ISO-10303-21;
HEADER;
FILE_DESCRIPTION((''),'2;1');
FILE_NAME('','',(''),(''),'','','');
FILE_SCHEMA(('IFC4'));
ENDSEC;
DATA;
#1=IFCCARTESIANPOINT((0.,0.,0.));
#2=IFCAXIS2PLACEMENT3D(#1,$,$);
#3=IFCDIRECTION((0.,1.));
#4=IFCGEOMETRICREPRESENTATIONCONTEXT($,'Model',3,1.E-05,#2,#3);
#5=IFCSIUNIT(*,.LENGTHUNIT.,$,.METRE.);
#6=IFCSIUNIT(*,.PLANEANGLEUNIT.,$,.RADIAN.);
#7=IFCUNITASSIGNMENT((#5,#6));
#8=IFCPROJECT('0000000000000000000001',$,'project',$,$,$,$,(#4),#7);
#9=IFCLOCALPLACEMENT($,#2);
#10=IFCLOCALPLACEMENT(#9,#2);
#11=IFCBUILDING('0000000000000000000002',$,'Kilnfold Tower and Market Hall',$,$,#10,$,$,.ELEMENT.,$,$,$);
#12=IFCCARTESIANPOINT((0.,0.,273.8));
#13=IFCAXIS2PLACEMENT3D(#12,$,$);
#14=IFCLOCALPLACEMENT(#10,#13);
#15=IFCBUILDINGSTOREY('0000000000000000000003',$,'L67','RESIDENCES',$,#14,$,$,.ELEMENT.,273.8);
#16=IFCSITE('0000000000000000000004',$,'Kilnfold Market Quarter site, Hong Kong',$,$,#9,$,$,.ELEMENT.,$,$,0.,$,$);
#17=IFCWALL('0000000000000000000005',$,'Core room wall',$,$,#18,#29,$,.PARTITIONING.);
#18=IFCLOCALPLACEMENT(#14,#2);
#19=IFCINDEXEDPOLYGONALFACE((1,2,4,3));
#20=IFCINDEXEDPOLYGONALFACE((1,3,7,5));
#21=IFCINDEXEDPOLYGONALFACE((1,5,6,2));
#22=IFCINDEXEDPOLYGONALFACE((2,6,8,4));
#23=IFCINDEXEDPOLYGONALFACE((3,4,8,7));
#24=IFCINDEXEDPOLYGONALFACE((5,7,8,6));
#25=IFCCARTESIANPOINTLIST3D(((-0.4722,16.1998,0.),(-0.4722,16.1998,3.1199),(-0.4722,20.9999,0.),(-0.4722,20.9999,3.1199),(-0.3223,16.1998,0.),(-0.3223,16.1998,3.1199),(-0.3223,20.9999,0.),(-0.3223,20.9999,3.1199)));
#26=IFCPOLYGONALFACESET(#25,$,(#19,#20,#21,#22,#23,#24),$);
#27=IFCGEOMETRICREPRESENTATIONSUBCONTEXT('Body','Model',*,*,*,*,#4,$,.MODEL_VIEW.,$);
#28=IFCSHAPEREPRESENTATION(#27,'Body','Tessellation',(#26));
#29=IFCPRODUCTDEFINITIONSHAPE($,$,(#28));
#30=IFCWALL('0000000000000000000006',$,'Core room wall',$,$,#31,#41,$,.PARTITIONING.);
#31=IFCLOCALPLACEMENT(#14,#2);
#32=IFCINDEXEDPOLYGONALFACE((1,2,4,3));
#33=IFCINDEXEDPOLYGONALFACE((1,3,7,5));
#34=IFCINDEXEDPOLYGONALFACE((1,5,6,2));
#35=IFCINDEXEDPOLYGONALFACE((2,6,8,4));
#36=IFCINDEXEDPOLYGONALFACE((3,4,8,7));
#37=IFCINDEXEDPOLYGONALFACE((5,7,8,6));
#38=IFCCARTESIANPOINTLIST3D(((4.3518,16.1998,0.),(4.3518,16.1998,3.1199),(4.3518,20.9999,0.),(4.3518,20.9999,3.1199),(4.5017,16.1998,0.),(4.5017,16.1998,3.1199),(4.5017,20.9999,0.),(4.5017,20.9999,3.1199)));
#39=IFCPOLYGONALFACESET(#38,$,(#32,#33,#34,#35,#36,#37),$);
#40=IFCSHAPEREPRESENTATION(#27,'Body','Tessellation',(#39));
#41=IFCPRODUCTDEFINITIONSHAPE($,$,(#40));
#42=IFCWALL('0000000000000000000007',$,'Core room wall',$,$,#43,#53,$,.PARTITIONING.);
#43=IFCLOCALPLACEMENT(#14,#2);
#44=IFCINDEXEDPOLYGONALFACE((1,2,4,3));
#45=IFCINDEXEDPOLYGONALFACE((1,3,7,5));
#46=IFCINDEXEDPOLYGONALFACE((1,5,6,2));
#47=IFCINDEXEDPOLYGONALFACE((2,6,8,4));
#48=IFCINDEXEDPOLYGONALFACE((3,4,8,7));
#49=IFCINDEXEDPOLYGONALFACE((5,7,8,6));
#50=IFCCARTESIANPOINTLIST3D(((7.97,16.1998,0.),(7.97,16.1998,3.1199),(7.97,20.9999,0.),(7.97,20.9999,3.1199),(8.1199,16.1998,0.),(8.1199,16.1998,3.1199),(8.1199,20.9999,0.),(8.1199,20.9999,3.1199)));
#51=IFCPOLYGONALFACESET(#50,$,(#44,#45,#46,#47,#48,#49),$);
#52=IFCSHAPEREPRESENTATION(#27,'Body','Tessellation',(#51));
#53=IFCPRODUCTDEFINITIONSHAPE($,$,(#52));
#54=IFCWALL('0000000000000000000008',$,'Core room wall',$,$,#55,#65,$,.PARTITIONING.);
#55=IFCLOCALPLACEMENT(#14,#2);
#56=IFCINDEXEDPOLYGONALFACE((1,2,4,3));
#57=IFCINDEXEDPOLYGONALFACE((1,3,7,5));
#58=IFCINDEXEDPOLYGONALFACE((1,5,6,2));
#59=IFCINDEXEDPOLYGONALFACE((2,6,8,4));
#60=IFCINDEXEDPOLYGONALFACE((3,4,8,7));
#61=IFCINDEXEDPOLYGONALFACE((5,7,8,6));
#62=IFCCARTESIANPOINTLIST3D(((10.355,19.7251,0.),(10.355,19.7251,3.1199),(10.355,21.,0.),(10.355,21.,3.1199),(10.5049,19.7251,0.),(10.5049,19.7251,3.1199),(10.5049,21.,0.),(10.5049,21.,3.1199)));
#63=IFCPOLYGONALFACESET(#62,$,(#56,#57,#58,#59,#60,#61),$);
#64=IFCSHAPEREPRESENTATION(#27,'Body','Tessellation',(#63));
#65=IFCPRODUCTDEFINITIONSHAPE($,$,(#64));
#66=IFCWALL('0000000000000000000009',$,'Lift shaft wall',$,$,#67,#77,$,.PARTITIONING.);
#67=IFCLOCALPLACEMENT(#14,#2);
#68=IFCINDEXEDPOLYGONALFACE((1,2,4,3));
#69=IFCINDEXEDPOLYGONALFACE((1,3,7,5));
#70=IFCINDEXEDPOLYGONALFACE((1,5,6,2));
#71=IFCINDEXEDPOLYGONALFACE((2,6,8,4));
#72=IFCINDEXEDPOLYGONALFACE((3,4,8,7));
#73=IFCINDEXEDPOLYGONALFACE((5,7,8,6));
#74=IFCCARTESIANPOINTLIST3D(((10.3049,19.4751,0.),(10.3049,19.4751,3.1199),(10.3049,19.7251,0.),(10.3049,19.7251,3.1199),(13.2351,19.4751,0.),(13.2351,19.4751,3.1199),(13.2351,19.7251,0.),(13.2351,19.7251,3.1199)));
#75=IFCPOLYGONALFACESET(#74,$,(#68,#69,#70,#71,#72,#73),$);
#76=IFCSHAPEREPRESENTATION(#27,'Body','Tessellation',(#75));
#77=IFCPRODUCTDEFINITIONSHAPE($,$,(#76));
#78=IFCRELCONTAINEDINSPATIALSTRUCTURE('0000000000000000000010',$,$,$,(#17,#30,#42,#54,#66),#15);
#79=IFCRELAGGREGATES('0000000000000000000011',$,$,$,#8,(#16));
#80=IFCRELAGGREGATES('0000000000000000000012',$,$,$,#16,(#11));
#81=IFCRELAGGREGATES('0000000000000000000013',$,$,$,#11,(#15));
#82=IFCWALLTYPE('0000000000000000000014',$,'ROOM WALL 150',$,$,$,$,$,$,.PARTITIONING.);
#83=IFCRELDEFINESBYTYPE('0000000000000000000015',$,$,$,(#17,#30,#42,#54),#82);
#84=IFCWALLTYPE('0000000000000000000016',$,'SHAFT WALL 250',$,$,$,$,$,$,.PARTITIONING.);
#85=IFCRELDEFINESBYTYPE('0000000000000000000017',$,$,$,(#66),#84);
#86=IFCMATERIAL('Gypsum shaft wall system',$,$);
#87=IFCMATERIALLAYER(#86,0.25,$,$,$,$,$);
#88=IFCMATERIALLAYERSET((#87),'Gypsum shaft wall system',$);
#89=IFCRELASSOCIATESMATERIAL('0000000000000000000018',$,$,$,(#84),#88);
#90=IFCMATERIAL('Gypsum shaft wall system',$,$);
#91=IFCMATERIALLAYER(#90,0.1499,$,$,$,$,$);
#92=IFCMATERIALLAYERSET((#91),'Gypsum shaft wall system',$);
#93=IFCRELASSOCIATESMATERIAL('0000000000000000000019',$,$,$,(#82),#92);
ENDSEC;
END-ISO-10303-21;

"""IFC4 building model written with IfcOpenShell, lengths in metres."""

from ifc_helpers import new_model, si_unit, direction, frame, frame_2d, origin, place, context, subcontext, project, spatial, rectangle, extrude, source, transform, mapped, material, layer, layer_set, type_object, element, save


model = new_model("IFC4")

# Units and contexts
model_context = context("Model", 3, precision=1e-05, world=origin(), true_north=direction((0.0, 1.0)))
body_context = subcontext(model_context, "Body", "Model", "MODEL_VIEW")
ifc_project = project(units=[si_unit("LENGTHUNIT", "METRE"), si_unit("PLANEANGLEUNIT", "RADIAN")], contexts=[model_context])

# Site, building, storey
site_placement = place(None, origin())
site = spatial("IfcSite", under=ifc_project, at=site_placement, Name="Kilnfold Market Quarter site, Hong Kong", CompositionType="ELEMENT", RefElevation=0.0)
building_placement = place(site_placement, origin())
building = spatial("IfcBuilding", under=site, at=building_placement, Name="Kilnfold Tower and Market Hall", CompositionType="ELEMENT")
storey_placement = place(building_placement, frame((0.0, 0.0, 273.8)))
storey = spatial("IfcBuildingStorey", under=building, at=storey_placement, Name="L67", Description="RESIDENCES", CompositionType="ELEMENT", Elevation=273.8)

# Walls
ifc_material_1 = material(Name="Gypsum shaft wall system")
ifc_layer_1 = layer(ifc_material_1, 0.25)
ifc_layer_set_1 = layer_set([ifc_layer_1], Name="Gypsum shaft wall system")
wall_type_1 = type_object("IfcWallType", Name="SHAFT WALL 250", PredefinedType="PARTITIONING", material=ifc_layer_set_1)
ifc_material_2 = material(Name="Gypsum shaft wall system")
ifc_layer_2 = layer(ifc_material_2, 0.1499)
ifc_layer_set_2 = layer_set([ifc_layer_2], Name="Gypsum shaft wall system")
wall_type_2 = type_object("IfcWallType", Name="ROOM WALL 150", PredefinedType="PARTITIONING", material=ifc_layer_set_2)
shared_shape_1 = source(origin(), body_context, "Body", "SweptSolid", [
    extrude(rectangle(XDim=4.8, YDim=0.1499, at=frame_2d((2.3999, 0.0))), origin(), (0.0, 0.0, 1.0), 3.1199),
])
for number, where, z_axis, x_axis, name in (
    (1, (-0.3972, 16.2, 0.0), (0.0, 0.0, 1.0), (0.0, 1.0, 0.0), "Core room wall"),
    (2, (4.4268, 16.2, 0.0), (0.0, 0.0, 1.0), (0.0, 1.0, 0.0), "Core room wall"),
    (3, (8.0449, 16.2, 0.0), (0.0, 0.0, 1.0), (0.0, 1.0, 0.0), "Core room wall"),
):
    element("IfcWall", number, at=place(storey_placement, frame(where, z_axis=z_axis, x_axis=x_axis)), inside=storey, type_object=wall_type_2, Name=name, PredefinedType="PARTITIONING", context=body_context, shape_type="MappedRepresentation", body=[
        mapped(shared_shape_1, transform((0.0, 0.0, 0.0))),
    ])
shared_shape_2 = source(origin(), body_context, "Body", "SweptSolid", [
    extrude(rectangle(XDim=1.2749, YDim=0.1499, at=frame_2d((0.6375, 0.0))), origin(), (0.0, 0.0, 1.0), 3.1199),
])
wall_1_placement = place(storey_placement, frame((10.4299, 19.7251, 0.0), z_axis=(0.0, 0.0, 1.0), x_axis=(0.0, 1.0, 0.0)))
element("IfcWall", 4, at=wall_1_placement, inside=storey, type_object=wall_type_2, Name="Core room wall", PredefinedType="PARTITIONING", context=body_context, shape_type="MappedRepresentation", body=[
    mapped(shared_shape_2, transform((0.0, 0.0, 0.0))),
])
shared_shape_3 = source(origin(), body_context, "Body", "SweptSolid", [
    extrude(rectangle(XDim=2.9302, YDim=0.25, at=frame_2d((1.4651, 0.0))), origin(), (0.0, 0.0, 1.0), 3.1199),
])
wall_2_placement = place(storey_placement, frame((10.3049, 19.6001, 0.0), z_axis=(0.0, 0.0, 1.0), x_axis=(1.0, 0.0, 0.0)))
element("IfcWall", 5, at=wall_2_placement, inside=storey, type_object=wall_type_1, Name="Lift shaft wall", PredefinedType="PARTITIONING", context=body_context, shape_type="MappedRepresentation", body=[
    mapped(shared_shape_3, transform((0.0, 0.0, 0.0))),
])

save(model, "model.ifc")
